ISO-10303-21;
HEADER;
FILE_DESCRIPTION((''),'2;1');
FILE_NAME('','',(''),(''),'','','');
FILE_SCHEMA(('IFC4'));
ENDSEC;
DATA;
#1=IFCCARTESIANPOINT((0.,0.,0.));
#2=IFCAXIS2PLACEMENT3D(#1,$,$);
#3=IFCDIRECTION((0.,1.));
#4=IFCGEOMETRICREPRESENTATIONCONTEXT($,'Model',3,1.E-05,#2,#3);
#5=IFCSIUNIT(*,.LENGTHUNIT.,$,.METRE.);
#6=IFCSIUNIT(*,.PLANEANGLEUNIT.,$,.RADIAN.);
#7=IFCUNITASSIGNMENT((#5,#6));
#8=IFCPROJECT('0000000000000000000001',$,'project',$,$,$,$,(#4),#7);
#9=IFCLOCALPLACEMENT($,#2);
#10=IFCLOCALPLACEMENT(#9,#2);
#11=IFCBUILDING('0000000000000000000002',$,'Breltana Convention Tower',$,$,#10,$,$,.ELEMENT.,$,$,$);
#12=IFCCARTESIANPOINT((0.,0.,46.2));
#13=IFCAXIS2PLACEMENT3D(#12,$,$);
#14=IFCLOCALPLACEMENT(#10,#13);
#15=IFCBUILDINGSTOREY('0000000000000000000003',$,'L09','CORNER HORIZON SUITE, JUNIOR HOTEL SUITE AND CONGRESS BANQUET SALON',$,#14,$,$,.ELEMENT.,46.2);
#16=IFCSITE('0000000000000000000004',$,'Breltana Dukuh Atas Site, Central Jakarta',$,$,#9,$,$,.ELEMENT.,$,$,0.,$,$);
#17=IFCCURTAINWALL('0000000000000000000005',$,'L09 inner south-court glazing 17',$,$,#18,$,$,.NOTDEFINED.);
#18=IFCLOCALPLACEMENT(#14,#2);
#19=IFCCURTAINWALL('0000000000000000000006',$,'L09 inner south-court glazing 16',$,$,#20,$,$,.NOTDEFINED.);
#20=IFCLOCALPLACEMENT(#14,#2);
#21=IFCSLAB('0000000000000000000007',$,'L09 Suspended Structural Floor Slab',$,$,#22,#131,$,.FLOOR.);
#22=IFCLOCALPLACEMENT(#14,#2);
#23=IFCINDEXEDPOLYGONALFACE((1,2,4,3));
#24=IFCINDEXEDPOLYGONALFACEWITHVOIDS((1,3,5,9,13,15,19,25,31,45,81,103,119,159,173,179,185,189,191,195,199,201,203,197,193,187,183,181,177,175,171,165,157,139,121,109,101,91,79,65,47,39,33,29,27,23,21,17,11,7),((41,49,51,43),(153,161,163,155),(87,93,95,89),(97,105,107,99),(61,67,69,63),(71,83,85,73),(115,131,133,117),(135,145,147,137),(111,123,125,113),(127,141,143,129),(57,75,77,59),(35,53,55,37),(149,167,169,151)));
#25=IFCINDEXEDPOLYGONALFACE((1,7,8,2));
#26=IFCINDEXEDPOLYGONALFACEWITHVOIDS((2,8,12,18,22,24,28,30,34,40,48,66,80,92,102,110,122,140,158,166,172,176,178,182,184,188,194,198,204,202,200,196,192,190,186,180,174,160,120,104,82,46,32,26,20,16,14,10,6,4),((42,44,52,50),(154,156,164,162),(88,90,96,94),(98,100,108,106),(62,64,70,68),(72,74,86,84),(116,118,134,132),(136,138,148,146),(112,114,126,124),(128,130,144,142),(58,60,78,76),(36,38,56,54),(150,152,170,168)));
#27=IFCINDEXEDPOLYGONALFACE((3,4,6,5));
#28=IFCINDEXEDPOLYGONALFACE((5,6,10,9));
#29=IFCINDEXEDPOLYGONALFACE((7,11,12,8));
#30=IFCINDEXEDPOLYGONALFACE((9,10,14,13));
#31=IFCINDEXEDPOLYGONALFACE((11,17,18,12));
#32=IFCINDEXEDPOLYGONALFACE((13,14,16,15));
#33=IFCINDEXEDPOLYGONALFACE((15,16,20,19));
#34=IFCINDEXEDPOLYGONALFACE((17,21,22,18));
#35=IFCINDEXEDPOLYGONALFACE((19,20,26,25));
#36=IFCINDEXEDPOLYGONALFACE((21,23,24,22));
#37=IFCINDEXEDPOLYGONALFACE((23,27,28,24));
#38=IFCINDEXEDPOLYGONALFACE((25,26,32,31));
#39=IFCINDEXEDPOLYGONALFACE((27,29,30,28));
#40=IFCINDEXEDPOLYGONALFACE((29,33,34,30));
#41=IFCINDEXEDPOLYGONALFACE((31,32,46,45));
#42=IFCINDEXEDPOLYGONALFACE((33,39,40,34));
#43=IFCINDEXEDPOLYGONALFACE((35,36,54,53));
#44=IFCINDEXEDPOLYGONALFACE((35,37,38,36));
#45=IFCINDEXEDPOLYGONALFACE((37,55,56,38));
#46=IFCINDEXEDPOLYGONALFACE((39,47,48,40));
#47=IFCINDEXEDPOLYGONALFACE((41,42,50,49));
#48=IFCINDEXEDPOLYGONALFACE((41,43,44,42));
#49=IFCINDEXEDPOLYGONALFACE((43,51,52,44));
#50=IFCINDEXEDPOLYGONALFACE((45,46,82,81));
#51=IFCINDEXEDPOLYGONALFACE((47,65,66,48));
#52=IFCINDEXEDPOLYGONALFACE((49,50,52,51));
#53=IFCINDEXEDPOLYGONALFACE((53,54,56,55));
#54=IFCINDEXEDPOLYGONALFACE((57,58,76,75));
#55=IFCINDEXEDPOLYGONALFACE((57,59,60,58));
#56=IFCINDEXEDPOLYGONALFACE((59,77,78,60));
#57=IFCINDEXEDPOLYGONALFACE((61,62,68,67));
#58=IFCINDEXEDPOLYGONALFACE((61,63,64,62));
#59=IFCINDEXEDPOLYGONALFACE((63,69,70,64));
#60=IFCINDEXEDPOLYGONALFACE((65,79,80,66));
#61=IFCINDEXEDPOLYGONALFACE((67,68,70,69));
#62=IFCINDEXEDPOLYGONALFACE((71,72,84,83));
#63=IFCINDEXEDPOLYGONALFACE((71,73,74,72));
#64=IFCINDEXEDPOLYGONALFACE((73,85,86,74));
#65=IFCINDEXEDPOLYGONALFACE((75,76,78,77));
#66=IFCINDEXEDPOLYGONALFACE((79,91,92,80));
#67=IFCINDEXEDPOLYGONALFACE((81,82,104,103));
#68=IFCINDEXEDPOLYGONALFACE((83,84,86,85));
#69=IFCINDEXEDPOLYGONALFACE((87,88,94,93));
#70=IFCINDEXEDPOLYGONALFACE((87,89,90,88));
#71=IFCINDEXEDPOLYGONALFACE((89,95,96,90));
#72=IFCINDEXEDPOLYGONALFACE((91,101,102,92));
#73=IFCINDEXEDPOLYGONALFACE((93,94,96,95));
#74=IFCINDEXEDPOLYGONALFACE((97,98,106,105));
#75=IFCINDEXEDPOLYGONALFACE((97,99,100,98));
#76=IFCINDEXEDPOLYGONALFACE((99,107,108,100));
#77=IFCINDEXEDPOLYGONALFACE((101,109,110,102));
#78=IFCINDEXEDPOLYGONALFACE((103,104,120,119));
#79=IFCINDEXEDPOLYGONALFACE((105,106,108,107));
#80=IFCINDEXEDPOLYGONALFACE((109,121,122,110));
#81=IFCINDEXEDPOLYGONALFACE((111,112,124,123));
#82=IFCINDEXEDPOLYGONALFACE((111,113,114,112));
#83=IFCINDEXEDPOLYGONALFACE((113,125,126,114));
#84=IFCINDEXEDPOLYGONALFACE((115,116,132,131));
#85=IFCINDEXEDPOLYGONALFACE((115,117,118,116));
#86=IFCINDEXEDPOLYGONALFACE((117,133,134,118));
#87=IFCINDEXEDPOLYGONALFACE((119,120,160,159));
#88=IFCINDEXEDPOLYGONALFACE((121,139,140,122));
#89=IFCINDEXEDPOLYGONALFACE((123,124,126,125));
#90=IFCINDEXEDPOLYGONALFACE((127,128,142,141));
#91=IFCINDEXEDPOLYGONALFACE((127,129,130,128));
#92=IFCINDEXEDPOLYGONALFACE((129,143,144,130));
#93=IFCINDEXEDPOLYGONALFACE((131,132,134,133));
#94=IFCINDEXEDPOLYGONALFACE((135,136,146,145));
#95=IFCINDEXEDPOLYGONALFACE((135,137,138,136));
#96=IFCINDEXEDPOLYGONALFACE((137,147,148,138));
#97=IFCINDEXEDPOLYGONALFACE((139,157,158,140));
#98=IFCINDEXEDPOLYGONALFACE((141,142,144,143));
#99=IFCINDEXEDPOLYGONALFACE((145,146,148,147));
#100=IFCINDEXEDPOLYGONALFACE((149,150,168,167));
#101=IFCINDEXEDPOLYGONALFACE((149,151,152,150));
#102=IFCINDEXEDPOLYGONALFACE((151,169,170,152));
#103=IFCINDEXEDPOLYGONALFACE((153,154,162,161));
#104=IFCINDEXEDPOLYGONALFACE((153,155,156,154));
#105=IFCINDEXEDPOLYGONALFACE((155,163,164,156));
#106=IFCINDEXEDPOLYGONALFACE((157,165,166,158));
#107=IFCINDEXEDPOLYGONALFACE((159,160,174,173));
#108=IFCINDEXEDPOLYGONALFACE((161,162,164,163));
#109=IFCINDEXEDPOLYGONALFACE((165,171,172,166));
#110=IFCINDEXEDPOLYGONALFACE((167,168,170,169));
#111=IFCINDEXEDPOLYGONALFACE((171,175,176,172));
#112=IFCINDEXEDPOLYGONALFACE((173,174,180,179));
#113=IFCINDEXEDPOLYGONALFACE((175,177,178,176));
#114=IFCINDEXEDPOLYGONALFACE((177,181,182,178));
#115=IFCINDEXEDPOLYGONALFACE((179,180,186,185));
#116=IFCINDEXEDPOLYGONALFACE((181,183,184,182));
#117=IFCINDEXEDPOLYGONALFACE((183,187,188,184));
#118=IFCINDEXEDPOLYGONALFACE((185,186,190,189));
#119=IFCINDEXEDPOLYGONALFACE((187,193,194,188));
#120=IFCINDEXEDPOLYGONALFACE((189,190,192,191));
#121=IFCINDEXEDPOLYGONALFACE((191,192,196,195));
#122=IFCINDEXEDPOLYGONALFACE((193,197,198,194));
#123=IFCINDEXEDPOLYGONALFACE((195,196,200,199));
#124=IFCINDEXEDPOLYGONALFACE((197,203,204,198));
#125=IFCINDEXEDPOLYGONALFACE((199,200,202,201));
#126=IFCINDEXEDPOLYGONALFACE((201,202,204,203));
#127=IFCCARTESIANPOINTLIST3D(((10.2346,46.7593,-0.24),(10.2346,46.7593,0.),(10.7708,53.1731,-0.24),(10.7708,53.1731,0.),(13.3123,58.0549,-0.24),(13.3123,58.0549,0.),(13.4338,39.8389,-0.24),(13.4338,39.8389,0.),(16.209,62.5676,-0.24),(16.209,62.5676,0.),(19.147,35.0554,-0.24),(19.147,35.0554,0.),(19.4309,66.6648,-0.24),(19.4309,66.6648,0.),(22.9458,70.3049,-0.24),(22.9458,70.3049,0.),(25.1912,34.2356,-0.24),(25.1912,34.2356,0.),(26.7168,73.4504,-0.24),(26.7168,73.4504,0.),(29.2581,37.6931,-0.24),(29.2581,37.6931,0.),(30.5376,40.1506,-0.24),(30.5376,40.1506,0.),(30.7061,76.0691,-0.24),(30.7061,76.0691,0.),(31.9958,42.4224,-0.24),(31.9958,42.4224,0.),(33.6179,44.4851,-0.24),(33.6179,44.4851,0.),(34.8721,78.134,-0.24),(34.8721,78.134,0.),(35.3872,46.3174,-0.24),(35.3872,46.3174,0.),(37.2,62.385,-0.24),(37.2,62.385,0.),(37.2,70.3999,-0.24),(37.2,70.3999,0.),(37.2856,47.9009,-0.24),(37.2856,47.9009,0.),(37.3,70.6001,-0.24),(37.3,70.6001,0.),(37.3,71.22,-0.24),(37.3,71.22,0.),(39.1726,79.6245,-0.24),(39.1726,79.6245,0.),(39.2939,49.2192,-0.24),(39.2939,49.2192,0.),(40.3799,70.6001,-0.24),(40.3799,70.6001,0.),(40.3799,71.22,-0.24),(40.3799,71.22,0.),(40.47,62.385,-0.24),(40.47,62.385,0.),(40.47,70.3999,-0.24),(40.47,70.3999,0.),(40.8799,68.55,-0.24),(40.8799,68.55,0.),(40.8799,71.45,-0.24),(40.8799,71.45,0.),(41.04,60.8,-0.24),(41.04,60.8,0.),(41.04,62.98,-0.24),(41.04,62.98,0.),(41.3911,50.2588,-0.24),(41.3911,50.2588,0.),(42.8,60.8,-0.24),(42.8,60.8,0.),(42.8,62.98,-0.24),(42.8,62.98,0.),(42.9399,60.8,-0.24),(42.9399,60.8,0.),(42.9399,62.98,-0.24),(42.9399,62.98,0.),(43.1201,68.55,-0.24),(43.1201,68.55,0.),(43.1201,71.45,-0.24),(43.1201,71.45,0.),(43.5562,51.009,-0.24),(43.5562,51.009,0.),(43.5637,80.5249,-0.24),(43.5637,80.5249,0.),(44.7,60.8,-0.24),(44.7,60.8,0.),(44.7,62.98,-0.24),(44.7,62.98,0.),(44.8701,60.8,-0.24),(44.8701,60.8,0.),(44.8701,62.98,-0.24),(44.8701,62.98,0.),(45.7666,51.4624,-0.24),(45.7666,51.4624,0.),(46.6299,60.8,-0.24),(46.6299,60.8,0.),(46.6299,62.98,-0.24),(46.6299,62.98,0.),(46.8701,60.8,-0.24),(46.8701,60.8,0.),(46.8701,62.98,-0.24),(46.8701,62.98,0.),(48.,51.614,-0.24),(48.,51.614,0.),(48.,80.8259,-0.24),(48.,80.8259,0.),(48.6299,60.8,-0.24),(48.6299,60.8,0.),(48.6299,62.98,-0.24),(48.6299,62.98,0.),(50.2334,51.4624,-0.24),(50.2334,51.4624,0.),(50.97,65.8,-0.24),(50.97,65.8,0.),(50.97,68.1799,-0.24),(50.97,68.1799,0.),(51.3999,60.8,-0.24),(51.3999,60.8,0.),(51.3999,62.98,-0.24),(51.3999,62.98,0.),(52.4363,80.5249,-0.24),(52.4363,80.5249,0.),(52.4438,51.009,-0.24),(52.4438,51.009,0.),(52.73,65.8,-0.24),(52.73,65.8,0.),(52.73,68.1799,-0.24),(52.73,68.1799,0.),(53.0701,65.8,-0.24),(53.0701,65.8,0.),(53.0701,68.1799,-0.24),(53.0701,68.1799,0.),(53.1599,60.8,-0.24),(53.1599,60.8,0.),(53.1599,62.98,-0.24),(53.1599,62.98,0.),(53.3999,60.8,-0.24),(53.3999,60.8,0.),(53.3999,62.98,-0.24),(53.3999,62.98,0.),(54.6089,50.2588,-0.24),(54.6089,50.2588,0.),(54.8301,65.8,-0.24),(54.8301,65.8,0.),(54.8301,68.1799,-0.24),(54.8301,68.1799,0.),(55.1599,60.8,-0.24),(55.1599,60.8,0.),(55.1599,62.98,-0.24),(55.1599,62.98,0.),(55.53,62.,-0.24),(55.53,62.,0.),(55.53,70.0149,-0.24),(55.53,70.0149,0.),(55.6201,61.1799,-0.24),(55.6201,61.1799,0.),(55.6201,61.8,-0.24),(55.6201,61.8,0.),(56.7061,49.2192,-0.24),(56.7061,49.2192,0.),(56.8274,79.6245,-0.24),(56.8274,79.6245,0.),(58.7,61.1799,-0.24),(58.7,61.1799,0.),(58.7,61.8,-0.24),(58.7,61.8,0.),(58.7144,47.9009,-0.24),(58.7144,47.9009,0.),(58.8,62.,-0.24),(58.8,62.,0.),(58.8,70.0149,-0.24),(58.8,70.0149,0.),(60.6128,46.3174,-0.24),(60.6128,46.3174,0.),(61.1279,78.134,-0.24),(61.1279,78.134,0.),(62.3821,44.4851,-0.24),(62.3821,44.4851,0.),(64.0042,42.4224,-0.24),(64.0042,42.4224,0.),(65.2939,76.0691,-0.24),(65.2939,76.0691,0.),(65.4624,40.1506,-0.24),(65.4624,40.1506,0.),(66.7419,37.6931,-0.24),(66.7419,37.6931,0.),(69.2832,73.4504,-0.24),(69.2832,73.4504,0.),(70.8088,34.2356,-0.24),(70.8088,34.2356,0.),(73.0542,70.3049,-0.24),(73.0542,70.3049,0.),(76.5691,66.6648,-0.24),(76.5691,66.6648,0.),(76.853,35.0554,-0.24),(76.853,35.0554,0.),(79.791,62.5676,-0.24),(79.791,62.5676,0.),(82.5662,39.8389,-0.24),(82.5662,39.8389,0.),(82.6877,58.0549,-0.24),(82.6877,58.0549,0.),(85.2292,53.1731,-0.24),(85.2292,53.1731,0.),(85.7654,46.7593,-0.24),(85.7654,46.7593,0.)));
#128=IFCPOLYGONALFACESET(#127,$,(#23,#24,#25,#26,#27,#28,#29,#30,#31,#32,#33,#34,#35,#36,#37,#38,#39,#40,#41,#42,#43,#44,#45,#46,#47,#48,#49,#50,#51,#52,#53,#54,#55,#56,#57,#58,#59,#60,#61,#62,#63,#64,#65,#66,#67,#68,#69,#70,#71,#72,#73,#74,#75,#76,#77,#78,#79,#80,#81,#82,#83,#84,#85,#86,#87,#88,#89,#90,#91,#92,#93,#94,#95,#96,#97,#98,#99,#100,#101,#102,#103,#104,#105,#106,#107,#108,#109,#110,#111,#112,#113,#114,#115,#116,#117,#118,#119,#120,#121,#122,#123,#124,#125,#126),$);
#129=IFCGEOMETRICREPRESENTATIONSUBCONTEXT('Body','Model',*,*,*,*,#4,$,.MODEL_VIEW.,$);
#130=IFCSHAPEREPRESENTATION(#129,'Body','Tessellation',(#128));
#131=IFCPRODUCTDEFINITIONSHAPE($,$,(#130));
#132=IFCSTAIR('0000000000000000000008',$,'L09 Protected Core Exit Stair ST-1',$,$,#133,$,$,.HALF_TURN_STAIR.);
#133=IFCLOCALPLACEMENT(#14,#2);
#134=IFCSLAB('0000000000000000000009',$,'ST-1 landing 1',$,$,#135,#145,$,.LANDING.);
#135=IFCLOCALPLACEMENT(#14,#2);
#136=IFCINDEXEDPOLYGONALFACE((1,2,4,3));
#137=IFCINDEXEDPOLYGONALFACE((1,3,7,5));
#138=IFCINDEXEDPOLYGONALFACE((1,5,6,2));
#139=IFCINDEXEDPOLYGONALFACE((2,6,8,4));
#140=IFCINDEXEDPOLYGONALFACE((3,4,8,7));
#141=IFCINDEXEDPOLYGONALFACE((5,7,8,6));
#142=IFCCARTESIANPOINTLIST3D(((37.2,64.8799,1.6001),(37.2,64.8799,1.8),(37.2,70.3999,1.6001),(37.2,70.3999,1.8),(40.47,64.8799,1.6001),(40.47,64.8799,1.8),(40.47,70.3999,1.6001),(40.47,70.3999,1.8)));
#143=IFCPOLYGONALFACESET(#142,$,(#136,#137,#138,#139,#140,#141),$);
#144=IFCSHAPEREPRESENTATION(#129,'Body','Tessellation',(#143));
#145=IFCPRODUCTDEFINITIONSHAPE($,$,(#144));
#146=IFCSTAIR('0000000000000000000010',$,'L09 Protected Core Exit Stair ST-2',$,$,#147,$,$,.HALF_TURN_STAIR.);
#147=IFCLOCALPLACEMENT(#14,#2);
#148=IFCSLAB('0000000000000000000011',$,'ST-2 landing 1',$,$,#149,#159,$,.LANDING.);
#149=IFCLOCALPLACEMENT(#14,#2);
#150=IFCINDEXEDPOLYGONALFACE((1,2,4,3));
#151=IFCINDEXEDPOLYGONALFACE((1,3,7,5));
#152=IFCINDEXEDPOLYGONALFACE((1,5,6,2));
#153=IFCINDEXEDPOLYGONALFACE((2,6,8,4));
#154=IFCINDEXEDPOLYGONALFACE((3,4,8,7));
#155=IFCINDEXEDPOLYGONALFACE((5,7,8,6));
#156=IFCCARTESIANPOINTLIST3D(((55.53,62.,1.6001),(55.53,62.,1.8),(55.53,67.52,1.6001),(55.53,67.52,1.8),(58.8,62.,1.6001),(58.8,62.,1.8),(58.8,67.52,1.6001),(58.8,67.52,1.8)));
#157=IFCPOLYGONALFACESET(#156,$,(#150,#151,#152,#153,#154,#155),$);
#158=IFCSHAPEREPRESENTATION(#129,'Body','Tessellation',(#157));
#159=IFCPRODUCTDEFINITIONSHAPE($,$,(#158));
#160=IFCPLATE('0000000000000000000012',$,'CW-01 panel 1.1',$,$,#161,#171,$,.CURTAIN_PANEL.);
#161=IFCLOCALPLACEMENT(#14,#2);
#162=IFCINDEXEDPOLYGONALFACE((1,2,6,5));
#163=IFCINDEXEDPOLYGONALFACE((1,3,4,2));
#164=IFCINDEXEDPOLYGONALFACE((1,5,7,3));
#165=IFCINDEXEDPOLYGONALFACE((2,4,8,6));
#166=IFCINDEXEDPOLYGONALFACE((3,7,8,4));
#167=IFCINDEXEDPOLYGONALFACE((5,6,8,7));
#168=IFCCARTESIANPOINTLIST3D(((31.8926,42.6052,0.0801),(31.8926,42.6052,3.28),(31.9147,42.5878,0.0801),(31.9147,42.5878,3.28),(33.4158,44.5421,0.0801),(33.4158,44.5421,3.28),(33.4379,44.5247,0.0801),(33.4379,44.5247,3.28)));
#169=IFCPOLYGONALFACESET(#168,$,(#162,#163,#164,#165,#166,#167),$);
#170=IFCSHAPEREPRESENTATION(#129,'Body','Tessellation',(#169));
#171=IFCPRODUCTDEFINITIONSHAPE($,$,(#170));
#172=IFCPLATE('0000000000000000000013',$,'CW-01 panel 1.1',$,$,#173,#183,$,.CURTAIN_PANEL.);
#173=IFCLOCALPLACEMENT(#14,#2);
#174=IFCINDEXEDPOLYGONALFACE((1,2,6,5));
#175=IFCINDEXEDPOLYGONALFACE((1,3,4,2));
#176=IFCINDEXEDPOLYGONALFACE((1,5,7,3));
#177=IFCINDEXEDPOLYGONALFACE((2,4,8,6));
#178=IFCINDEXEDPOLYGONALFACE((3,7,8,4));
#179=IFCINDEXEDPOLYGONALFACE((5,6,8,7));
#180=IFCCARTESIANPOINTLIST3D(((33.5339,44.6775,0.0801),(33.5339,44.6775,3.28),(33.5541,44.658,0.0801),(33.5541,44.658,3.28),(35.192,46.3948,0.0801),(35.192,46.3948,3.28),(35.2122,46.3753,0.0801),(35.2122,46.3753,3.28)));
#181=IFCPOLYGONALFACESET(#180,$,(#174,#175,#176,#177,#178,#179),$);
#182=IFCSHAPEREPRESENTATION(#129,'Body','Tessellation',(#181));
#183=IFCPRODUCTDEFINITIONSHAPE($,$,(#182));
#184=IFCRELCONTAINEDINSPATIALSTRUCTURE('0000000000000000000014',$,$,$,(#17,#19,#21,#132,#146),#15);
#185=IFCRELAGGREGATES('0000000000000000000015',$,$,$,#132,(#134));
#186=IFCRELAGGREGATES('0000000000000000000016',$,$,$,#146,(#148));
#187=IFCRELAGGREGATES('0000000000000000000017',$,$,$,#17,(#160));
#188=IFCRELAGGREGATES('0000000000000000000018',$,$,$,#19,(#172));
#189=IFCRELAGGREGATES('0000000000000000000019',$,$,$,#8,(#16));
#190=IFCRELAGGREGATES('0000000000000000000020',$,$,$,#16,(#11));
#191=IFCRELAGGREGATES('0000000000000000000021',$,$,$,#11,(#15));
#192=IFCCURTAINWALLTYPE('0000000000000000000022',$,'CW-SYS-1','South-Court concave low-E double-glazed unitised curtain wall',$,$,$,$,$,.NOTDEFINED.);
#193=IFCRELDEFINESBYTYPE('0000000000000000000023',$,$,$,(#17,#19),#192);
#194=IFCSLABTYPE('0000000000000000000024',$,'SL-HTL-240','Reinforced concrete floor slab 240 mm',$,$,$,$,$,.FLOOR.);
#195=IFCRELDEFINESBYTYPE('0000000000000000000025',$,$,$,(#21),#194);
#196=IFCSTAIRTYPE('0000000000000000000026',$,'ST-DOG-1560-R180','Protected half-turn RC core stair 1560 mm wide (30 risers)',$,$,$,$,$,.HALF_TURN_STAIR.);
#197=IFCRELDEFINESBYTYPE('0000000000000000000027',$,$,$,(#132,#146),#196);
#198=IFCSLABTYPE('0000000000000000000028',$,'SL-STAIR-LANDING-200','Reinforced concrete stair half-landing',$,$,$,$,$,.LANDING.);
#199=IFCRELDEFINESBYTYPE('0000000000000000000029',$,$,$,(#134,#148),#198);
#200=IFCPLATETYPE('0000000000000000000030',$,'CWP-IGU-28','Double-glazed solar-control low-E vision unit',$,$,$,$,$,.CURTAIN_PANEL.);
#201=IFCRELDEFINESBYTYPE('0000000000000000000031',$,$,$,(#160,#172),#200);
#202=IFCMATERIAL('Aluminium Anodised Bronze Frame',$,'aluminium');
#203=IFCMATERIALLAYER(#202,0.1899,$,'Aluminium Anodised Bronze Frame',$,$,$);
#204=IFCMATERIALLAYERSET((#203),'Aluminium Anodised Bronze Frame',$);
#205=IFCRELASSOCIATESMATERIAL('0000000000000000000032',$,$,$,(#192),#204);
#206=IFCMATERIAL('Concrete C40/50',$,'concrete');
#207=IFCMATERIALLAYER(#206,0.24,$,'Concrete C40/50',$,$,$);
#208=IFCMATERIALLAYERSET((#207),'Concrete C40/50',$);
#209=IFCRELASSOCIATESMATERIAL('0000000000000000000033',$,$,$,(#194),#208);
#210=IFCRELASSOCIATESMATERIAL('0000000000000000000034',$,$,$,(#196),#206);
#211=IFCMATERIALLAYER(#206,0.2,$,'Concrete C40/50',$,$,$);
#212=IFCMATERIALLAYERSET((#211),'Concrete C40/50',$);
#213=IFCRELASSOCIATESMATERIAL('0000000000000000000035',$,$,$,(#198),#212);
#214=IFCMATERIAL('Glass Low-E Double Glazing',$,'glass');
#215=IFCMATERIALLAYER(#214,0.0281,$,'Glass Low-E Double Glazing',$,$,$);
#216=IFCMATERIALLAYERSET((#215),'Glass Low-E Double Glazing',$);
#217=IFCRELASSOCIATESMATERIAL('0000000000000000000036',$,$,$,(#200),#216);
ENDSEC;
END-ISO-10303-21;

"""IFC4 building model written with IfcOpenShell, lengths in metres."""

from ifc_helpers import new_model, si_unit, direction, frame, origin, origin_2d, place, context, subcontext, project, spatial, polyline, rectangle, outline, extrude, source, transform, mapped, material, layer, layer_set, type_object, element, aggregate, save


model = new_model("IFC4")

# Units and contexts
model_context = context("Model", 3, precision=1e-05, world=origin(), true_north=direction((0.0, 1.0)))
body_context = subcontext(model_context, "Body", "Model", "MODEL_VIEW")
ifc_project = project(units=[si_unit("LENGTHUNIT", "METRE"), si_unit("PLANEANGLEUNIT", "RADIAN")], contexts=[model_context])

# Site, building, storey
site_placement = place(None, origin())
site = spatial("IfcSite", under=ifc_project, at=site_placement, Name="Breltana Dukuh Atas Site, Central Jakarta", CompositionType="ELEMENT", RefElevation=0.0)
building_placement = place(site_placement, origin())
building = spatial("IfcBuilding", under=site, at=building_placement, Name="Breltana Convention Tower", CompositionType="ELEMENT")
storey_placement = place(building_placement, frame((0.0, 0.0, 46.2)))
storey = spatial("IfcBuildingStorey", under=building, at=storey_placement, Name="L09", Description="CORNER HORIZON SUITE, JUNIOR HOTEL SUITE AND CONGRESS BANQUET SALON", CompositionType="ELEMENT", Elevation=46.2)

# Curtain wall
ifc_material_1 = material(Name="Aluminium Anodised Bronze Frame", Category="aluminium")
ifc_layer_1 = layer(ifc_material_1, 0.1899, Name="Aluminium Anodised Bronze Frame")
ifc_layer_set_1 = layer_set([ifc_layer_1], Name="Aluminium Anodised Bronze Frame")
curtain_wall_type = type_object("IfcCurtainWallType", Name="CW-SYS-1", Description="South-Court concave low-E double-glazed unitised curtain wall", PredefinedType="NOTDEFINED", material=ifc_layer_set_1)
curtain_wall_1_placement = place(storey_placement, origin())
curtain_wall_1 = element("IfcCurtainWall", 1, at=curtain_wall_1_placement, inside=storey, type_object=curtain_wall_type, Name="L09 inner south-court glazing 17", PredefinedType="NOTDEFINED")

# Curtain wall
curtain_wall_2_placement = place(storey_placement, origin())
curtain_wall_2 = element("IfcCurtainWall", 2, at=curtain_wall_2_placement, inside=storey, type_object=curtain_wall_type, Name="L09 inner south-court glazing 16", PredefinedType="NOTDEFINED")

# Slab
ifc_material_2 = material(Name="Concrete C40/50", Category="concrete")
ifc_layer_2 = layer(ifc_material_2, 0.24, Name="Concrete C40/50")
ifc_layer_set_2 = layer_set([ifc_layer_2], Name="Concrete C40/50")
slab_type_1 = type_object("IfcSlabType", Name="SL-HTL-240", Description="Reinforced concrete floor slab 240 mm", PredefinedType="FLOOR", material=ifc_layer_set_2)
slab_1_placement = place(storey_placement, frame((0.0, 0.0, -0.24)))
element("IfcSlab", 3, at=slab_1_placement, inside=storey, type_object=slab_type_1, Name="L09 Suspended Structural Floor Slab", PredefinedType="FLOOR", context=body_context, shape_type="SweptSolid", body=[
    extrude(outline(polyline([(85.2292, 53.1731), (82.6877, 58.0549), (79.791, 62.5676), (76.5691, 66.6648), (73.0542, 70.3049), (69.2832, 73.4504), (65.2939, 76.0691), (61.1279, 78.134), (56.8274, 79.6245), (52.4363, 80.5249), (48.0, 80.8259), (43.5637, 80.5249), (39.1726, 79.6245), (34.8721, 78.134), (30.7061, 76.0691), (26.7168, 73.4504), (22.9458, 70.3049), (19.4309, 66.6648), (16.209, 62.5676), (13.3123, 58.0549), (10.7708, 53.1731), (10.2346, 46.7593), (13.4338, 39.8389), (19.147, 35.0554), (25.1912, 34.2356), (29.2581, 37.6931), (30.5376, 40.1506), (31.9958, 42.4224), (33.6179, 44.4851), (35.3872, 46.3174), (37.2856, 47.9009), (39.2939, 49.2192), (41.3911, 50.2588), (43.5562, 51.009), (45.7666, 51.4624), (48.0, 51.614), (50.2334, 51.4624), (52.4438, 51.009), (54.6089, 50.2588), (56.7061, 49.2192), (58.7144, 47.9009), (60.6128, 46.3174), (62.3821, 44.4851), (64.0042, 42.4224), (65.4624, 40.1506), (66.7419, 37.6931), (70.8088, 34.2356), (76.853, 35.0554), (82.5662, 39.8389), (85.7654, 46.7593), (85.2292, 53.1731)]), holes=[polyline([(37.2, 62.385), (40.47, 62.385), (40.47, 70.3999), (37.2, 70.3999), (37.2, 62.385)]), polyline([(55.53, 62.0), (58.8, 62.0), (58.8, 70.0149), (55.53, 70.0149), (55.53, 62.0)]), polyline([(41.04, 60.8), (42.8, 60.8), (42.8, 62.98), (41.04, 62.98), (41.04, 60.8)]), polyline([(42.9399, 60.8), (44.7, 60.8), (44.7, 62.98), (42.9399, 62.98), (42.9399, 60.8)]), polyline([(44.8701, 60.8), (46.6299, 60.8), (46.6299, 62.98), (44.8701, 62.98), (44.8701, 60.8)]), polyline([(46.8701, 60.8), (48.6299, 60.8), (48.6299, 62.98), (46.8701, 62.98), (46.8701, 60.8)]), polyline([(51.3999, 60.8), (53.1599, 60.8), (53.1599, 62.98), (51.3999, 62.98), (51.3999, 60.8)]), polyline([(53.3999, 60.8), (55.1599, 60.8), (55.1599, 62.98), (53.3999, 62.98), (53.3999, 60.8)]), polyline([(50.97, 65.8), (52.73, 65.8), (52.73, 68.1799), (50.97, 68.1799), (50.97, 65.8)]), polyline([(53.0701, 65.8), (54.8301, 65.8), (54.8301, 68.1799), (53.0701, 68.1799), (53.0701, 65.8)]), polyline([(40.8799, 68.55), (43.1201, 68.55), (43.1201, 71.45), (40.8799, 71.45), (40.8799, 68.55)]), polyline([(37.3, 70.6001), (40.3799, 70.6001), (40.3799, 71.22), (37.3, 71.22), (37.3, 70.6001)]), polyline([(55.6201, 61.1799), (58.7, 61.1799), (58.7, 61.8), (55.6201, 61.8), (55.6201, 61.1799)])]), origin(), (0.0, 0.0, 1.0), 0.24),
])

# Stairs, slabs
stair_type = type_object("IfcStairType", Name="ST-DOG-1560-R180", Description="Protected half-turn RC core stair 1560 mm wide (30 risers)", PredefinedType="HALF_TURN_STAIR", material=ifc_material_2)
stair_1_placement = place(storey_placement, origin())
stair_1 = element("IfcStair", 4, at=stair_1_placement, inside=storey, type_object=stair_type, Name="L09 Protected Core Exit Stair ST-1", PredefinedType="HALF_TURN_STAIR")
ifc_layer_3 = layer(ifc_material_2, 0.2, Name="Concrete C40/50")
ifc_layer_set_3 = layer_set([ifc_layer_3], Name="Concrete C40/50")
slab_type_2 = type_object("IfcSlabType", Name="SL-STAIR-LANDING-200", Description="Reinforced concrete stair half-landing", PredefinedType="LANDING", material=ifc_layer_set_3)
slab_2_placement = place(storey_placement, frame((0.0, 0.0, 1.6001)))
slab_2 = element("IfcSlab", 5, at=slab_2_placement, type_object=slab_type_2, Name="ST-1 landing 1", PredefinedType="LANDING", context=body_context, shape_type="SweptSolid", body=[
    extrude(outline(polyline([(40.47, 64.8799), (40.47, 70.3999), (37.2, 70.3999), (37.2, 64.8799), (40.47, 64.8799)])), origin(), (0.0, 0.0, 1.0), 0.2),
])
aggregate(stair_1, [slab_2])
stair_2_placement = place(storey_placement, origin())
stair_2 = element("IfcStair", 6, at=stair_2_placement, inside=storey, type_object=stair_type, Name="L09 Protected Core Exit Stair ST-2", PredefinedType="HALF_TURN_STAIR")
slab_3_placement = place(storey_placement, frame((0.0, 0.0, 1.6001)))
slab_3 = element("IfcSlab", 7, at=slab_3_placement, type_object=slab_type_2, Name="ST-2 landing 1", PredefinedType="LANDING", context=body_context, shape_type="SweptSolid", body=[
    extrude(outline(polyline([(55.53, 67.52), (55.53, 62.0), (58.8, 62.0), (58.8, 67.52), (55.53, 67.52)])), origin(), (0.0, 0.0, 1.0), 0.2),
])
aggregate(stair_2, [slab_3])

# Plates
ifc_material_3 = material(Name="Glass Low-E Double Glazing", Category="glass")
ifc_layer_4 = layer(ifc_material_3, 0.0281, Name="Glass Low-E Double Glazing")
ifc_layer_set_4 = layer_set([ifc_layer_4], Name="Glass Low-E Double Glazing")
plate_type = type_object("IfcPlateType", Name="CWP-IGU-28", Description="Double-glazed solar-control low-E vision unit", PredefinedType="CURTAIN_PANEL", material=ifc_layer_set_4)
shared_shape_1 = source(origin(), body_context, "Body", "SweptSolid", [
    extrude(rectangle(XDim=2.4641, YDim=0.0281, at=origin_2d()), origin(), (0.0, 0.0, 1.0), 3.2),
])
plate_1_placement = place(storey_placement, frame((32.6653, 43.5649, 0.0801), z_axis=(0.0, 0.0, 1.0), x_axis=(-0.618153, -0.786058, 0.0)))
plate_1 = element("IfcPlate", 8, at=plate_1_placement, type_object=plate_type, Name="CW-01 panel 1.1", PredefinedType="CURTAIN_PANEL", context=body_context, shape_type="MappedRepresentation", body=[
    mapped(shared_shape_1, transform((0.0, 0.0, 0.0), scale=1.0)),
])
aggregate(curtain_wall_1, [plate_1])
shared_shape_2 = source(origin(), body_context, "Body", "SweptSolid", [
    extrude(rectangle(XDim=2.3872, YDim=0.0281, at=origin_2d()), origin(), (0.0, 0.0, 1.0), 3.2),
])
plate_2_placement = place(storey_placement, frame((34.373, 45.5264, 0.0801), z_axis=(0.0, 0.0, 1.0), x_axis=(-0.694612, -0.719385, 0.0)))
plate_2 = element("IfcPlate", 9, at=plate_2_placement, type_object=plate_type, Name="CW-01 panel 1.1", PredefinedType="CURTAIN_PANEL", context=body_context, shape_type="MappedRepresentation", body=[
    mapped(shared_shape_2, transform((0.0, 0.0, 0.0), scale=1.0)),
])
aggregate(curtain_wall_2, [plate_2])

save(model, "model.ifc")
